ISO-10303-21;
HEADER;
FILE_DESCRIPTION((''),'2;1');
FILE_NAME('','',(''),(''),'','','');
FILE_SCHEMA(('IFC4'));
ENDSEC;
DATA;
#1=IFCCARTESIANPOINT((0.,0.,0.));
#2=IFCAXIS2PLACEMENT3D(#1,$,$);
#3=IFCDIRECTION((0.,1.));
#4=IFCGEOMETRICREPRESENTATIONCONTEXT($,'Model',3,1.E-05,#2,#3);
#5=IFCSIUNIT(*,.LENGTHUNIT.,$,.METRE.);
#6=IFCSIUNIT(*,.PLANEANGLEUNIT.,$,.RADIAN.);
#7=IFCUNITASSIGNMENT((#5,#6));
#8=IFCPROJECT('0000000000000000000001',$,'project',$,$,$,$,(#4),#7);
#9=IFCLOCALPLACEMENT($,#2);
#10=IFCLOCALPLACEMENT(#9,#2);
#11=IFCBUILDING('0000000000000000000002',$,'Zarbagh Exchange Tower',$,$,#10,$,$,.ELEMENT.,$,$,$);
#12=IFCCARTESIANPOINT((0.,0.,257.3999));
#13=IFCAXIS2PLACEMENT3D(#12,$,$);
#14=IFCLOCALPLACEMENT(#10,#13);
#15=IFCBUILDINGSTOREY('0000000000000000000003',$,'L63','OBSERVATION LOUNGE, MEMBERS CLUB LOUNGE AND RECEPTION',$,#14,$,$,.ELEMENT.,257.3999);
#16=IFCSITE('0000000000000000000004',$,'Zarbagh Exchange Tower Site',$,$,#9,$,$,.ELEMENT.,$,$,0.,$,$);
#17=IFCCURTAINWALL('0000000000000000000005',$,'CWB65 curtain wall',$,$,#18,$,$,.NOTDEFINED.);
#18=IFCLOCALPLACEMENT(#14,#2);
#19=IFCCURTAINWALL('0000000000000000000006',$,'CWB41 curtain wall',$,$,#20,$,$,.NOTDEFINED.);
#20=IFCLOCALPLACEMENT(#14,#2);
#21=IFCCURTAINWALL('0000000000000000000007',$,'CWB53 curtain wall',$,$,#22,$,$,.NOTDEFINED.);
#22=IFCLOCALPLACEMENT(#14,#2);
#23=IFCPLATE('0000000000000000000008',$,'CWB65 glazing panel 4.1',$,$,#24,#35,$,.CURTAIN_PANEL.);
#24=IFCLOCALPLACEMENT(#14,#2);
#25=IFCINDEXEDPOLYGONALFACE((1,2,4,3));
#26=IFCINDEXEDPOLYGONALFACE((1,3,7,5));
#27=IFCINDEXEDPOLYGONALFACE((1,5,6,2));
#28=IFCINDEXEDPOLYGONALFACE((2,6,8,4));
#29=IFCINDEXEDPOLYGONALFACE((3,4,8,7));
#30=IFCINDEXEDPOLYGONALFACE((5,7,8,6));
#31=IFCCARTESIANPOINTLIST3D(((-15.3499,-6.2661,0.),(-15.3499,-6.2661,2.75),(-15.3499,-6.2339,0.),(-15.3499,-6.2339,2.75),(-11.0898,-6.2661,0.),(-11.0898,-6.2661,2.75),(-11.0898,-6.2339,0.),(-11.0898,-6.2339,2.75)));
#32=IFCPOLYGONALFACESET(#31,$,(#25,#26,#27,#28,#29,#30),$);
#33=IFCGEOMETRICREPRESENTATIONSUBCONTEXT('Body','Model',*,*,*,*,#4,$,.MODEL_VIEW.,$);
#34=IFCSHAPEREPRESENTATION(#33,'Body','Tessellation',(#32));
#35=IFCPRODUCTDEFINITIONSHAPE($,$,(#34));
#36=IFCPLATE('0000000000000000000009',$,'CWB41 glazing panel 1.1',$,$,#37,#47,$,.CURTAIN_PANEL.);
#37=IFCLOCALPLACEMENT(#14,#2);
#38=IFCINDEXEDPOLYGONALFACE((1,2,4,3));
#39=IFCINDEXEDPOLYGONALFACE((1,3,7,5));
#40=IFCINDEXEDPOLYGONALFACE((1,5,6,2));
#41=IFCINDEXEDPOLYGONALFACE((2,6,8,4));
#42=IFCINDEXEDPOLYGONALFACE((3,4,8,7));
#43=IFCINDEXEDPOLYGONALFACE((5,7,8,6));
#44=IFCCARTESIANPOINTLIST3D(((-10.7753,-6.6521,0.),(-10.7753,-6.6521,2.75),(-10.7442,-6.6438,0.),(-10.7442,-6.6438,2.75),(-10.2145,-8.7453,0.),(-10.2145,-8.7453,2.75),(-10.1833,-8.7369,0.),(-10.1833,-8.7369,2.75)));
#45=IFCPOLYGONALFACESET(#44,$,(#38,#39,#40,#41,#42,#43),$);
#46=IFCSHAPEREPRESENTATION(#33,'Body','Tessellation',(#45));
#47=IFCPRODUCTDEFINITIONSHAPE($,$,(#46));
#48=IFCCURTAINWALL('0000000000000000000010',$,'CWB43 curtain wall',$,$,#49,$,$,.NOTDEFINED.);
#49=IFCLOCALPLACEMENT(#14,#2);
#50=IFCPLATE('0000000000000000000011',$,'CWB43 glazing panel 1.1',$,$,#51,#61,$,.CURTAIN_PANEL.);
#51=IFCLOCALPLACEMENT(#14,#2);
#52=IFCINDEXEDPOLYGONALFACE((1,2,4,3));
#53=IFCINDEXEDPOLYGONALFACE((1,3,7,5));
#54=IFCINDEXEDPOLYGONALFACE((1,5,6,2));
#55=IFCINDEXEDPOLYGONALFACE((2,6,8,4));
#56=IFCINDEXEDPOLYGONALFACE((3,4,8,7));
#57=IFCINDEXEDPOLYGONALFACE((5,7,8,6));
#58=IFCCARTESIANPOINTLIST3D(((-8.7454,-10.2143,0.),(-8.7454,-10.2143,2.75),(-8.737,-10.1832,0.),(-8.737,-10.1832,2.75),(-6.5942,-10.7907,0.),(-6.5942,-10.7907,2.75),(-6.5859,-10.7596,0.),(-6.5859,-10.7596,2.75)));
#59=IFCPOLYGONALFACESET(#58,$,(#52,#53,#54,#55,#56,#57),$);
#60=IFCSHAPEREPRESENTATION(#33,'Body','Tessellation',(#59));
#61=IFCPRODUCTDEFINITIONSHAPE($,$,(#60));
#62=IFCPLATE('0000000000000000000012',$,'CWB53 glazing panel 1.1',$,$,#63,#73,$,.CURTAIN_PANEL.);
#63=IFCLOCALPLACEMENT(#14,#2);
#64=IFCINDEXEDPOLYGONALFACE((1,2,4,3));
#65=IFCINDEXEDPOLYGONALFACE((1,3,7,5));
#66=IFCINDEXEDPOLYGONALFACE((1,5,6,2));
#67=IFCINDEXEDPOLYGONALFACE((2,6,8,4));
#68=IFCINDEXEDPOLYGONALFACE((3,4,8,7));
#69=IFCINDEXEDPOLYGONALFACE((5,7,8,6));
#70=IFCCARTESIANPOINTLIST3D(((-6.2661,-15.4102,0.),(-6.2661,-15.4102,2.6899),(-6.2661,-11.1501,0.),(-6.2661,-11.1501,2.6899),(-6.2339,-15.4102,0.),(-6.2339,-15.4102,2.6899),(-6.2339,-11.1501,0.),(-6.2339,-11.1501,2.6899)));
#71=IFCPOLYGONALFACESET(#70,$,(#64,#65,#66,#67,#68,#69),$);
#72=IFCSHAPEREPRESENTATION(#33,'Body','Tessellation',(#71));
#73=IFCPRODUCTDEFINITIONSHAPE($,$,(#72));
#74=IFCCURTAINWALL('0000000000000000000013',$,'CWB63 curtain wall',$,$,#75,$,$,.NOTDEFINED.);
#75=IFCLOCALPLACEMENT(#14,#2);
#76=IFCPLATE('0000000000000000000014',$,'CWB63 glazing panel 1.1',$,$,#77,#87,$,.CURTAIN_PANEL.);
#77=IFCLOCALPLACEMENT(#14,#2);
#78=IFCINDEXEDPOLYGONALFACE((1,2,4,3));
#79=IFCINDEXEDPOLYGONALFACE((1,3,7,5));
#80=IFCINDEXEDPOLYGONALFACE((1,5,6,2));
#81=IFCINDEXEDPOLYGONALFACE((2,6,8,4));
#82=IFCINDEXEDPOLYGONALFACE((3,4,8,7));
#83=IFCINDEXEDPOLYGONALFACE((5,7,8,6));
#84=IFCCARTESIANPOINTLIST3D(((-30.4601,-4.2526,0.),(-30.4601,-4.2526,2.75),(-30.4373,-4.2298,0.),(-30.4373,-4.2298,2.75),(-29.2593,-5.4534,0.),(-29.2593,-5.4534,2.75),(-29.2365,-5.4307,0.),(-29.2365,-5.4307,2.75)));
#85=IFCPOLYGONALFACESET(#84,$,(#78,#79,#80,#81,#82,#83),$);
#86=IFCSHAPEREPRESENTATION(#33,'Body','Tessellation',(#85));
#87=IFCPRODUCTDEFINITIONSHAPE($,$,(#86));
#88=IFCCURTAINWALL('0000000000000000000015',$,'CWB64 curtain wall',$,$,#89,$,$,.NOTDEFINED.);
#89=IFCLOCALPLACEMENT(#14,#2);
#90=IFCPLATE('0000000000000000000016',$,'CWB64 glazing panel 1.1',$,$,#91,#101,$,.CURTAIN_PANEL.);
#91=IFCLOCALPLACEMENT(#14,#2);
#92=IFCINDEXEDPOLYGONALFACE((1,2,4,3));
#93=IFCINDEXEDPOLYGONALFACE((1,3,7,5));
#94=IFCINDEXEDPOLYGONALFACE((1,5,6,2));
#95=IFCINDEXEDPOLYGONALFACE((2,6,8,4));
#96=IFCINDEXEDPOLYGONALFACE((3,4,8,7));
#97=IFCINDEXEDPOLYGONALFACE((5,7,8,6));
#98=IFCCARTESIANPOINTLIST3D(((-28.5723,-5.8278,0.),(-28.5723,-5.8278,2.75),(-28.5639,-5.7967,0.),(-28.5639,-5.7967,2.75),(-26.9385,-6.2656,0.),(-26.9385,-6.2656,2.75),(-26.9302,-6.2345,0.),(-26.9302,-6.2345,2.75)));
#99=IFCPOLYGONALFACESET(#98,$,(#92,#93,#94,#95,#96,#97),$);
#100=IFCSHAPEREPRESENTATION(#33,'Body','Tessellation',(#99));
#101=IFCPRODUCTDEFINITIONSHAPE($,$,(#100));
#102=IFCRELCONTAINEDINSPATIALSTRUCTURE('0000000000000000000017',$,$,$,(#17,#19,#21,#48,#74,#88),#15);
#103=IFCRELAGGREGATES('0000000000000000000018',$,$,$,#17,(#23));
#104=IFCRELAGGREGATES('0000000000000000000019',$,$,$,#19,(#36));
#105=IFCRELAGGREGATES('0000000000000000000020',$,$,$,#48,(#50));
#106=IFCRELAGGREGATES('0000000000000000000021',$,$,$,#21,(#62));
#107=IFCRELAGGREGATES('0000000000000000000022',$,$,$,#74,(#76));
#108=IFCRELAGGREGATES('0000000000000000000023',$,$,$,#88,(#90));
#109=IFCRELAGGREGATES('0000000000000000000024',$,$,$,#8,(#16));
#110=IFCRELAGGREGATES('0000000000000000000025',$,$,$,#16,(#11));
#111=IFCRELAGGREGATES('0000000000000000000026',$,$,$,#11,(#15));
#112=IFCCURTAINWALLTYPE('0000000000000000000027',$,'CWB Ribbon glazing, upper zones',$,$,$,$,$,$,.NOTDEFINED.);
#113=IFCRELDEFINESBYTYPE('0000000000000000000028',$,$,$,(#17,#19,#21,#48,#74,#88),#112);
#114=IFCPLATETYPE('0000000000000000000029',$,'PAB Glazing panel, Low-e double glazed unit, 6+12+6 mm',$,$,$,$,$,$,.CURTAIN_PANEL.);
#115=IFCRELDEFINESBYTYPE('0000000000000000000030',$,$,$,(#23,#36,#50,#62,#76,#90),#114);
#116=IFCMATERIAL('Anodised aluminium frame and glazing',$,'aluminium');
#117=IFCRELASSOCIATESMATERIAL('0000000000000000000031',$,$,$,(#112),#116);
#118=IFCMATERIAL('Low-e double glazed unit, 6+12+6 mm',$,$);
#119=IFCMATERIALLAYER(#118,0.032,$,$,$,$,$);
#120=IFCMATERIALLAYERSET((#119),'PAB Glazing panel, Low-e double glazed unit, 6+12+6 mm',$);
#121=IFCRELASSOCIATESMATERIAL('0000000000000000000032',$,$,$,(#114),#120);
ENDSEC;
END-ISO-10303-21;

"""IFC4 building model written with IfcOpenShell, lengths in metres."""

from ifc_helpers import new_model, si_unit, direction, frame, origin, place, context, subcontext, project, spatial, polyline, outline, extrude, source, transform, mapped, material, layer, layer_set, type_object, element, aggregate, save


model = new_model("IFC4")

# Units and contexts
model_context = context("Model", 3, precision=1e-05, world=origin(), true_north=direction((0.0, 1.0)))
body_context = subcontext(model_context, "Body", "Model", "MODEL_VIEW")
ifc_project = project(units=[si_unit("LENGTHUNIT", "METRE"), si_unit("PLANEANGLEUNIT", "RADIAN")], contexts=[model_context])

# Site, building, storey
site_placement = place(None, origin())
site = spatial("IfcSite", under=ifc_project, at=site_placement, Name="Zarbagh Exchange Tower Site", CompositionType="ELEMENT", RefElevation=0.0)
building_placement = place(site_placement, origin())
building = spatial("IfcBuilding", under=site, at=building_placement, Name="Zarbagh Exchange Tower", CompositionType="ELEMENT")
storey_placement = place(building_placement, frame((0.0, 0.0, 257.3999)))
storey = spatial("IfcBuildingStorey", under=building, at=storey_placement, Name="L63", Description="OBSERVATION LOUNGE, MEMBERS CLUB LOUNGE AND RECEPTION", CompositionType="ELEMENT", Elevation=257.3999)

# Shared definitions
ifc_material_1 = material(Name="Anodised aluminium frame and glazing", Category="aluminium")
curtain_wall_type = type_object("IfcCurtainWallType", Name="CWB Ribbon glazing, upper zones", PredefinedType="NOTDEFINED", material=ifc_material_1)
placement = place(storey_placement, origin())

# Curtain wall
curtain_wall_1_placement = place(storey_placement, origin())
curtain_wall_1 = element("IfcCurtainWall", 1, at=curtain_wall_1_placement, inside=storey, type_object=curtain_wall_type, Name="CWB65 curtain wall", PredefinedType="NOTDEFINED")

# Curtain wall
curtain_wall_2_placement = place(storey_placement, origin())
curtain_wall_2 = element("IfcCurtainWall", 2, at=curtain_wall_2_placement, inside=storey, type_object=curtain_wall_type, Name="CWB41 curtain wall", PredefinedType="NOTDEFINED")

# Curtain wall
curtain_wall_3_placement = place(storey_placement, origin())
curtain_wall_3 = element("IfcCurtainWall", 3, at=curtain_wall_3_placement, inside=storey, type_object=curtain_wall_type, Name="CWB53 curtain wall", PredefinedType="NOTDEFINED")

# Shared definitions
ifc_material_2 = material(Name="Low-e double glazed unit, 6+12+6 mm")
ifc_layer = layer(ifc_material_2, 0.032)
ifc_layer_set = layer_set([ifc_layer], Name="PAB Glazing panel, Low-e double glazed unit, 6+12+6 mm")
plate_type = type_object("IfcPlateType", Name="PAB Glazing panel, Low-e double glazed unit, 6+12+6 mm", PredefinedType="CURTAIN_PANEL", material=ifc_layer_set)

# Plates
shared_shape_1 = source(origin(), body_context, "Body", "SweptSolid", [
    extrude(outline(polyline([(0.0, -0.0161), (4.26, -0.0161), (4.26, 0.0161), (0.0, 0.0161), (0.0, -0.0161)])), origin(), (0.0, 0.0, 1.0), 2.75),
])
plate_1 = element("IfcPlate", 4, at=placement, type_object=plate_type, Name="CWB65 glazing panel 4.1", PredefinedType="CURTAIN_PANEL", context=body_context, shape_type="MappedRepresentation", body=[
    mapped(shared_shape_1, transform((-15.3499, -6.25, 0.0), x_axis=(1.0, 0.0, 0.0), y_axis=(0.0, 1.0, 0.0), z_axis=(0.0, 0.0, 1.0))),
])
aggregate(curtain_wall_1, [plate_1])
shared_shape_2 = source(origin(), body_context, "Body", "SweptSolid", [
    extrude(outline(polyline([(0.0, -0.0161), (2.167, -0.0161), (2.167, 0.0161), (0.0, 0.0161), (0.0, -0.0161)])), origin(), (0.0, 0.0, 1.0), 2.75),
])
plate_2 = element("IfcPlate", 5, at=placement, type_object=plate_type, Name="CWB41 glazing panel 1.1", PredefinedType="CURTAIN_PANEL", context=body_context, shape_type="MappedRepresentation", body=[
    mapped(shared_shape_2, transform((-10.7598, -6.6479, 0.0), x_axis=(0.258825, -0.965924, 0.0), y_axis=(0.965924, 0.258825, 0.0), z_axis=(0.0, 0.0, 1.0))),
])
aggregate(curtain_wall_2, [plate_2])

# Curtain wall, plate
curtain_wall_4_placement = place(storey_placement, origin())
curtain_wall_4 = element("IfcCurtainWall", 6, at=curtain_wall_4_placement, inside=storey, type_object=curtain_wall_type, Name="CWB43 curtain wall", PredefinedType="NOTDEFINED")
shared_shape_3 = source(origin(), body_context, "Body", "SweptSolid", [
    extrude(outline(polyline([(0.0, -0.0161), (2.2271, -0.0161), (2.2271, 0.0161), (0.0, 0.0161), (0.0, -0.0161)])), origin(), (0.0, 0.0, 1.0), 2.75),
])
plate_3 = element("IfcPlate", 7, at=placement, type_object=plate_type, Name="CWB43 glazing panel 1.1", PredefinedType="CURTAIN_PANEL", context=body_context, shape_type="MappedRepresentation", body=[
    mapped(shared_shape_3, transform((-8.7412, -10.1987, 0.0), x_axis=(0.965924, -0.258825, 0.0), y_axis=(0.258825, 0.965924, 0.0), z_axis=(0.0, 0.0, 1.0))),
])
aggregate(curtain_wall_4, [plate_3])

# Plate
shared_shape_4 = source(origin(), body_context, "Body", "SweptSolid", [
    extrude(outline(polyline([(0.0, -0.0161), (4.26, -0.0161), (4.26, 0.0161), (0.0, 0.0161), (0.0, -0.0161)])), origin(), (0.0, 0.0, 1.0), 2.6899),
])
plate_4 = element("IfcPlate", 8, at=placement, type_object=plate_type, Name="CWB53 glazing panel 1.1", PredefinedType="CURTAIN_PANEL", context=body_context, shape_type="MappedRepresentation", body=[
    mapped(shared_shape_4, transform((-6.25, -11.1501, 0.0), x_axis=(0.0, -1.0, 0.0), y_axis=(1.0, 0.0, 0.0), z_axis=(0.0, 0.0, 1.0))),
])
aggregate(curtain_wall_3, [plate_4])

# Curtain walls, plates
curtain_wall_5_placement = place(storey_placement, origin())
curtain_wall_5 = element("IfcCurtainWall", 9, at=curtain_wall_5_placement, inside=storey, type_object=curtain_wall_type, Name="CWB63 curtain wall", PredefinedType="NOTDEFINED")
shared_shape_5 = source(origin(), body_context, "Body", "SweptSolid", [
    extrude(outline(polyline([(0.0, -0.0161), (1.6982, -0.0161), (1.6982, 0.0161), (0.0, 0.0161), (0.0, -0.0161)])), origin(), (0.0, 0.0, 1.0), 2.75),
])
plate_5 = element("IfcPlate", 10, at=placement, type_object=plate_type, Name="CWB63 glazing panel 1.1", PredefinedType="CURTAIN_PANEL", context=body_context, shape_type="MappedRepresentation", body=[
    mapped(shared_shape_5, transform((-30.4487, -4.2412, 0.0), x_axis=(0.707107, -0.707107, 0.0), y_axis=(0.707107, 0.707107, 0.0), z_axis=(0.0, 0.0, 1.0))),
])
aggregate(curtain_wall_5, [plate_5])
curtain_wall_6_placement = place(storey_placement, origin())
curtain_wall_6 = element("IfcCurtainWall", 11, at=curtain_wall_6_placement, inside=storey, type_object=curtain_wall_type, Name="CWB64 curtain wall", PredefinedType="NOTDEFINED")
shared_shape_6 = source(origin(), body_context, "Body", "SweptSolid", [
    extrude(outline(polyline([(0.0, -0.0161), (1.6914, -0.0161), (1.6914, 0.0161), (0.0, 0.0161), (0.0, -0.0161)])), origin(), (0.0, 0.0, 1.0), 2.75),
])
plate_6 = element("IfcPlate", 12, at=placement, type_object=plate_type, Name="CWB64 glazing panel 1.1", PredefinedType="CURTAIN_PANEL", context=body_context, shape_type="MappedRepresentation", body=[
    mapped(shared_shape_6, transform((-28.5681, -5.8123, 0.0), x_axis=(0.965924, -0.258825, 0.0), y_axis=(0.258825, 0.965924, 0.0), z_axis=(0.0, 0.0, 1.0))),
])
aggregate(curtain_wall_6, [plate_6])

save(model, "model.ifc")
